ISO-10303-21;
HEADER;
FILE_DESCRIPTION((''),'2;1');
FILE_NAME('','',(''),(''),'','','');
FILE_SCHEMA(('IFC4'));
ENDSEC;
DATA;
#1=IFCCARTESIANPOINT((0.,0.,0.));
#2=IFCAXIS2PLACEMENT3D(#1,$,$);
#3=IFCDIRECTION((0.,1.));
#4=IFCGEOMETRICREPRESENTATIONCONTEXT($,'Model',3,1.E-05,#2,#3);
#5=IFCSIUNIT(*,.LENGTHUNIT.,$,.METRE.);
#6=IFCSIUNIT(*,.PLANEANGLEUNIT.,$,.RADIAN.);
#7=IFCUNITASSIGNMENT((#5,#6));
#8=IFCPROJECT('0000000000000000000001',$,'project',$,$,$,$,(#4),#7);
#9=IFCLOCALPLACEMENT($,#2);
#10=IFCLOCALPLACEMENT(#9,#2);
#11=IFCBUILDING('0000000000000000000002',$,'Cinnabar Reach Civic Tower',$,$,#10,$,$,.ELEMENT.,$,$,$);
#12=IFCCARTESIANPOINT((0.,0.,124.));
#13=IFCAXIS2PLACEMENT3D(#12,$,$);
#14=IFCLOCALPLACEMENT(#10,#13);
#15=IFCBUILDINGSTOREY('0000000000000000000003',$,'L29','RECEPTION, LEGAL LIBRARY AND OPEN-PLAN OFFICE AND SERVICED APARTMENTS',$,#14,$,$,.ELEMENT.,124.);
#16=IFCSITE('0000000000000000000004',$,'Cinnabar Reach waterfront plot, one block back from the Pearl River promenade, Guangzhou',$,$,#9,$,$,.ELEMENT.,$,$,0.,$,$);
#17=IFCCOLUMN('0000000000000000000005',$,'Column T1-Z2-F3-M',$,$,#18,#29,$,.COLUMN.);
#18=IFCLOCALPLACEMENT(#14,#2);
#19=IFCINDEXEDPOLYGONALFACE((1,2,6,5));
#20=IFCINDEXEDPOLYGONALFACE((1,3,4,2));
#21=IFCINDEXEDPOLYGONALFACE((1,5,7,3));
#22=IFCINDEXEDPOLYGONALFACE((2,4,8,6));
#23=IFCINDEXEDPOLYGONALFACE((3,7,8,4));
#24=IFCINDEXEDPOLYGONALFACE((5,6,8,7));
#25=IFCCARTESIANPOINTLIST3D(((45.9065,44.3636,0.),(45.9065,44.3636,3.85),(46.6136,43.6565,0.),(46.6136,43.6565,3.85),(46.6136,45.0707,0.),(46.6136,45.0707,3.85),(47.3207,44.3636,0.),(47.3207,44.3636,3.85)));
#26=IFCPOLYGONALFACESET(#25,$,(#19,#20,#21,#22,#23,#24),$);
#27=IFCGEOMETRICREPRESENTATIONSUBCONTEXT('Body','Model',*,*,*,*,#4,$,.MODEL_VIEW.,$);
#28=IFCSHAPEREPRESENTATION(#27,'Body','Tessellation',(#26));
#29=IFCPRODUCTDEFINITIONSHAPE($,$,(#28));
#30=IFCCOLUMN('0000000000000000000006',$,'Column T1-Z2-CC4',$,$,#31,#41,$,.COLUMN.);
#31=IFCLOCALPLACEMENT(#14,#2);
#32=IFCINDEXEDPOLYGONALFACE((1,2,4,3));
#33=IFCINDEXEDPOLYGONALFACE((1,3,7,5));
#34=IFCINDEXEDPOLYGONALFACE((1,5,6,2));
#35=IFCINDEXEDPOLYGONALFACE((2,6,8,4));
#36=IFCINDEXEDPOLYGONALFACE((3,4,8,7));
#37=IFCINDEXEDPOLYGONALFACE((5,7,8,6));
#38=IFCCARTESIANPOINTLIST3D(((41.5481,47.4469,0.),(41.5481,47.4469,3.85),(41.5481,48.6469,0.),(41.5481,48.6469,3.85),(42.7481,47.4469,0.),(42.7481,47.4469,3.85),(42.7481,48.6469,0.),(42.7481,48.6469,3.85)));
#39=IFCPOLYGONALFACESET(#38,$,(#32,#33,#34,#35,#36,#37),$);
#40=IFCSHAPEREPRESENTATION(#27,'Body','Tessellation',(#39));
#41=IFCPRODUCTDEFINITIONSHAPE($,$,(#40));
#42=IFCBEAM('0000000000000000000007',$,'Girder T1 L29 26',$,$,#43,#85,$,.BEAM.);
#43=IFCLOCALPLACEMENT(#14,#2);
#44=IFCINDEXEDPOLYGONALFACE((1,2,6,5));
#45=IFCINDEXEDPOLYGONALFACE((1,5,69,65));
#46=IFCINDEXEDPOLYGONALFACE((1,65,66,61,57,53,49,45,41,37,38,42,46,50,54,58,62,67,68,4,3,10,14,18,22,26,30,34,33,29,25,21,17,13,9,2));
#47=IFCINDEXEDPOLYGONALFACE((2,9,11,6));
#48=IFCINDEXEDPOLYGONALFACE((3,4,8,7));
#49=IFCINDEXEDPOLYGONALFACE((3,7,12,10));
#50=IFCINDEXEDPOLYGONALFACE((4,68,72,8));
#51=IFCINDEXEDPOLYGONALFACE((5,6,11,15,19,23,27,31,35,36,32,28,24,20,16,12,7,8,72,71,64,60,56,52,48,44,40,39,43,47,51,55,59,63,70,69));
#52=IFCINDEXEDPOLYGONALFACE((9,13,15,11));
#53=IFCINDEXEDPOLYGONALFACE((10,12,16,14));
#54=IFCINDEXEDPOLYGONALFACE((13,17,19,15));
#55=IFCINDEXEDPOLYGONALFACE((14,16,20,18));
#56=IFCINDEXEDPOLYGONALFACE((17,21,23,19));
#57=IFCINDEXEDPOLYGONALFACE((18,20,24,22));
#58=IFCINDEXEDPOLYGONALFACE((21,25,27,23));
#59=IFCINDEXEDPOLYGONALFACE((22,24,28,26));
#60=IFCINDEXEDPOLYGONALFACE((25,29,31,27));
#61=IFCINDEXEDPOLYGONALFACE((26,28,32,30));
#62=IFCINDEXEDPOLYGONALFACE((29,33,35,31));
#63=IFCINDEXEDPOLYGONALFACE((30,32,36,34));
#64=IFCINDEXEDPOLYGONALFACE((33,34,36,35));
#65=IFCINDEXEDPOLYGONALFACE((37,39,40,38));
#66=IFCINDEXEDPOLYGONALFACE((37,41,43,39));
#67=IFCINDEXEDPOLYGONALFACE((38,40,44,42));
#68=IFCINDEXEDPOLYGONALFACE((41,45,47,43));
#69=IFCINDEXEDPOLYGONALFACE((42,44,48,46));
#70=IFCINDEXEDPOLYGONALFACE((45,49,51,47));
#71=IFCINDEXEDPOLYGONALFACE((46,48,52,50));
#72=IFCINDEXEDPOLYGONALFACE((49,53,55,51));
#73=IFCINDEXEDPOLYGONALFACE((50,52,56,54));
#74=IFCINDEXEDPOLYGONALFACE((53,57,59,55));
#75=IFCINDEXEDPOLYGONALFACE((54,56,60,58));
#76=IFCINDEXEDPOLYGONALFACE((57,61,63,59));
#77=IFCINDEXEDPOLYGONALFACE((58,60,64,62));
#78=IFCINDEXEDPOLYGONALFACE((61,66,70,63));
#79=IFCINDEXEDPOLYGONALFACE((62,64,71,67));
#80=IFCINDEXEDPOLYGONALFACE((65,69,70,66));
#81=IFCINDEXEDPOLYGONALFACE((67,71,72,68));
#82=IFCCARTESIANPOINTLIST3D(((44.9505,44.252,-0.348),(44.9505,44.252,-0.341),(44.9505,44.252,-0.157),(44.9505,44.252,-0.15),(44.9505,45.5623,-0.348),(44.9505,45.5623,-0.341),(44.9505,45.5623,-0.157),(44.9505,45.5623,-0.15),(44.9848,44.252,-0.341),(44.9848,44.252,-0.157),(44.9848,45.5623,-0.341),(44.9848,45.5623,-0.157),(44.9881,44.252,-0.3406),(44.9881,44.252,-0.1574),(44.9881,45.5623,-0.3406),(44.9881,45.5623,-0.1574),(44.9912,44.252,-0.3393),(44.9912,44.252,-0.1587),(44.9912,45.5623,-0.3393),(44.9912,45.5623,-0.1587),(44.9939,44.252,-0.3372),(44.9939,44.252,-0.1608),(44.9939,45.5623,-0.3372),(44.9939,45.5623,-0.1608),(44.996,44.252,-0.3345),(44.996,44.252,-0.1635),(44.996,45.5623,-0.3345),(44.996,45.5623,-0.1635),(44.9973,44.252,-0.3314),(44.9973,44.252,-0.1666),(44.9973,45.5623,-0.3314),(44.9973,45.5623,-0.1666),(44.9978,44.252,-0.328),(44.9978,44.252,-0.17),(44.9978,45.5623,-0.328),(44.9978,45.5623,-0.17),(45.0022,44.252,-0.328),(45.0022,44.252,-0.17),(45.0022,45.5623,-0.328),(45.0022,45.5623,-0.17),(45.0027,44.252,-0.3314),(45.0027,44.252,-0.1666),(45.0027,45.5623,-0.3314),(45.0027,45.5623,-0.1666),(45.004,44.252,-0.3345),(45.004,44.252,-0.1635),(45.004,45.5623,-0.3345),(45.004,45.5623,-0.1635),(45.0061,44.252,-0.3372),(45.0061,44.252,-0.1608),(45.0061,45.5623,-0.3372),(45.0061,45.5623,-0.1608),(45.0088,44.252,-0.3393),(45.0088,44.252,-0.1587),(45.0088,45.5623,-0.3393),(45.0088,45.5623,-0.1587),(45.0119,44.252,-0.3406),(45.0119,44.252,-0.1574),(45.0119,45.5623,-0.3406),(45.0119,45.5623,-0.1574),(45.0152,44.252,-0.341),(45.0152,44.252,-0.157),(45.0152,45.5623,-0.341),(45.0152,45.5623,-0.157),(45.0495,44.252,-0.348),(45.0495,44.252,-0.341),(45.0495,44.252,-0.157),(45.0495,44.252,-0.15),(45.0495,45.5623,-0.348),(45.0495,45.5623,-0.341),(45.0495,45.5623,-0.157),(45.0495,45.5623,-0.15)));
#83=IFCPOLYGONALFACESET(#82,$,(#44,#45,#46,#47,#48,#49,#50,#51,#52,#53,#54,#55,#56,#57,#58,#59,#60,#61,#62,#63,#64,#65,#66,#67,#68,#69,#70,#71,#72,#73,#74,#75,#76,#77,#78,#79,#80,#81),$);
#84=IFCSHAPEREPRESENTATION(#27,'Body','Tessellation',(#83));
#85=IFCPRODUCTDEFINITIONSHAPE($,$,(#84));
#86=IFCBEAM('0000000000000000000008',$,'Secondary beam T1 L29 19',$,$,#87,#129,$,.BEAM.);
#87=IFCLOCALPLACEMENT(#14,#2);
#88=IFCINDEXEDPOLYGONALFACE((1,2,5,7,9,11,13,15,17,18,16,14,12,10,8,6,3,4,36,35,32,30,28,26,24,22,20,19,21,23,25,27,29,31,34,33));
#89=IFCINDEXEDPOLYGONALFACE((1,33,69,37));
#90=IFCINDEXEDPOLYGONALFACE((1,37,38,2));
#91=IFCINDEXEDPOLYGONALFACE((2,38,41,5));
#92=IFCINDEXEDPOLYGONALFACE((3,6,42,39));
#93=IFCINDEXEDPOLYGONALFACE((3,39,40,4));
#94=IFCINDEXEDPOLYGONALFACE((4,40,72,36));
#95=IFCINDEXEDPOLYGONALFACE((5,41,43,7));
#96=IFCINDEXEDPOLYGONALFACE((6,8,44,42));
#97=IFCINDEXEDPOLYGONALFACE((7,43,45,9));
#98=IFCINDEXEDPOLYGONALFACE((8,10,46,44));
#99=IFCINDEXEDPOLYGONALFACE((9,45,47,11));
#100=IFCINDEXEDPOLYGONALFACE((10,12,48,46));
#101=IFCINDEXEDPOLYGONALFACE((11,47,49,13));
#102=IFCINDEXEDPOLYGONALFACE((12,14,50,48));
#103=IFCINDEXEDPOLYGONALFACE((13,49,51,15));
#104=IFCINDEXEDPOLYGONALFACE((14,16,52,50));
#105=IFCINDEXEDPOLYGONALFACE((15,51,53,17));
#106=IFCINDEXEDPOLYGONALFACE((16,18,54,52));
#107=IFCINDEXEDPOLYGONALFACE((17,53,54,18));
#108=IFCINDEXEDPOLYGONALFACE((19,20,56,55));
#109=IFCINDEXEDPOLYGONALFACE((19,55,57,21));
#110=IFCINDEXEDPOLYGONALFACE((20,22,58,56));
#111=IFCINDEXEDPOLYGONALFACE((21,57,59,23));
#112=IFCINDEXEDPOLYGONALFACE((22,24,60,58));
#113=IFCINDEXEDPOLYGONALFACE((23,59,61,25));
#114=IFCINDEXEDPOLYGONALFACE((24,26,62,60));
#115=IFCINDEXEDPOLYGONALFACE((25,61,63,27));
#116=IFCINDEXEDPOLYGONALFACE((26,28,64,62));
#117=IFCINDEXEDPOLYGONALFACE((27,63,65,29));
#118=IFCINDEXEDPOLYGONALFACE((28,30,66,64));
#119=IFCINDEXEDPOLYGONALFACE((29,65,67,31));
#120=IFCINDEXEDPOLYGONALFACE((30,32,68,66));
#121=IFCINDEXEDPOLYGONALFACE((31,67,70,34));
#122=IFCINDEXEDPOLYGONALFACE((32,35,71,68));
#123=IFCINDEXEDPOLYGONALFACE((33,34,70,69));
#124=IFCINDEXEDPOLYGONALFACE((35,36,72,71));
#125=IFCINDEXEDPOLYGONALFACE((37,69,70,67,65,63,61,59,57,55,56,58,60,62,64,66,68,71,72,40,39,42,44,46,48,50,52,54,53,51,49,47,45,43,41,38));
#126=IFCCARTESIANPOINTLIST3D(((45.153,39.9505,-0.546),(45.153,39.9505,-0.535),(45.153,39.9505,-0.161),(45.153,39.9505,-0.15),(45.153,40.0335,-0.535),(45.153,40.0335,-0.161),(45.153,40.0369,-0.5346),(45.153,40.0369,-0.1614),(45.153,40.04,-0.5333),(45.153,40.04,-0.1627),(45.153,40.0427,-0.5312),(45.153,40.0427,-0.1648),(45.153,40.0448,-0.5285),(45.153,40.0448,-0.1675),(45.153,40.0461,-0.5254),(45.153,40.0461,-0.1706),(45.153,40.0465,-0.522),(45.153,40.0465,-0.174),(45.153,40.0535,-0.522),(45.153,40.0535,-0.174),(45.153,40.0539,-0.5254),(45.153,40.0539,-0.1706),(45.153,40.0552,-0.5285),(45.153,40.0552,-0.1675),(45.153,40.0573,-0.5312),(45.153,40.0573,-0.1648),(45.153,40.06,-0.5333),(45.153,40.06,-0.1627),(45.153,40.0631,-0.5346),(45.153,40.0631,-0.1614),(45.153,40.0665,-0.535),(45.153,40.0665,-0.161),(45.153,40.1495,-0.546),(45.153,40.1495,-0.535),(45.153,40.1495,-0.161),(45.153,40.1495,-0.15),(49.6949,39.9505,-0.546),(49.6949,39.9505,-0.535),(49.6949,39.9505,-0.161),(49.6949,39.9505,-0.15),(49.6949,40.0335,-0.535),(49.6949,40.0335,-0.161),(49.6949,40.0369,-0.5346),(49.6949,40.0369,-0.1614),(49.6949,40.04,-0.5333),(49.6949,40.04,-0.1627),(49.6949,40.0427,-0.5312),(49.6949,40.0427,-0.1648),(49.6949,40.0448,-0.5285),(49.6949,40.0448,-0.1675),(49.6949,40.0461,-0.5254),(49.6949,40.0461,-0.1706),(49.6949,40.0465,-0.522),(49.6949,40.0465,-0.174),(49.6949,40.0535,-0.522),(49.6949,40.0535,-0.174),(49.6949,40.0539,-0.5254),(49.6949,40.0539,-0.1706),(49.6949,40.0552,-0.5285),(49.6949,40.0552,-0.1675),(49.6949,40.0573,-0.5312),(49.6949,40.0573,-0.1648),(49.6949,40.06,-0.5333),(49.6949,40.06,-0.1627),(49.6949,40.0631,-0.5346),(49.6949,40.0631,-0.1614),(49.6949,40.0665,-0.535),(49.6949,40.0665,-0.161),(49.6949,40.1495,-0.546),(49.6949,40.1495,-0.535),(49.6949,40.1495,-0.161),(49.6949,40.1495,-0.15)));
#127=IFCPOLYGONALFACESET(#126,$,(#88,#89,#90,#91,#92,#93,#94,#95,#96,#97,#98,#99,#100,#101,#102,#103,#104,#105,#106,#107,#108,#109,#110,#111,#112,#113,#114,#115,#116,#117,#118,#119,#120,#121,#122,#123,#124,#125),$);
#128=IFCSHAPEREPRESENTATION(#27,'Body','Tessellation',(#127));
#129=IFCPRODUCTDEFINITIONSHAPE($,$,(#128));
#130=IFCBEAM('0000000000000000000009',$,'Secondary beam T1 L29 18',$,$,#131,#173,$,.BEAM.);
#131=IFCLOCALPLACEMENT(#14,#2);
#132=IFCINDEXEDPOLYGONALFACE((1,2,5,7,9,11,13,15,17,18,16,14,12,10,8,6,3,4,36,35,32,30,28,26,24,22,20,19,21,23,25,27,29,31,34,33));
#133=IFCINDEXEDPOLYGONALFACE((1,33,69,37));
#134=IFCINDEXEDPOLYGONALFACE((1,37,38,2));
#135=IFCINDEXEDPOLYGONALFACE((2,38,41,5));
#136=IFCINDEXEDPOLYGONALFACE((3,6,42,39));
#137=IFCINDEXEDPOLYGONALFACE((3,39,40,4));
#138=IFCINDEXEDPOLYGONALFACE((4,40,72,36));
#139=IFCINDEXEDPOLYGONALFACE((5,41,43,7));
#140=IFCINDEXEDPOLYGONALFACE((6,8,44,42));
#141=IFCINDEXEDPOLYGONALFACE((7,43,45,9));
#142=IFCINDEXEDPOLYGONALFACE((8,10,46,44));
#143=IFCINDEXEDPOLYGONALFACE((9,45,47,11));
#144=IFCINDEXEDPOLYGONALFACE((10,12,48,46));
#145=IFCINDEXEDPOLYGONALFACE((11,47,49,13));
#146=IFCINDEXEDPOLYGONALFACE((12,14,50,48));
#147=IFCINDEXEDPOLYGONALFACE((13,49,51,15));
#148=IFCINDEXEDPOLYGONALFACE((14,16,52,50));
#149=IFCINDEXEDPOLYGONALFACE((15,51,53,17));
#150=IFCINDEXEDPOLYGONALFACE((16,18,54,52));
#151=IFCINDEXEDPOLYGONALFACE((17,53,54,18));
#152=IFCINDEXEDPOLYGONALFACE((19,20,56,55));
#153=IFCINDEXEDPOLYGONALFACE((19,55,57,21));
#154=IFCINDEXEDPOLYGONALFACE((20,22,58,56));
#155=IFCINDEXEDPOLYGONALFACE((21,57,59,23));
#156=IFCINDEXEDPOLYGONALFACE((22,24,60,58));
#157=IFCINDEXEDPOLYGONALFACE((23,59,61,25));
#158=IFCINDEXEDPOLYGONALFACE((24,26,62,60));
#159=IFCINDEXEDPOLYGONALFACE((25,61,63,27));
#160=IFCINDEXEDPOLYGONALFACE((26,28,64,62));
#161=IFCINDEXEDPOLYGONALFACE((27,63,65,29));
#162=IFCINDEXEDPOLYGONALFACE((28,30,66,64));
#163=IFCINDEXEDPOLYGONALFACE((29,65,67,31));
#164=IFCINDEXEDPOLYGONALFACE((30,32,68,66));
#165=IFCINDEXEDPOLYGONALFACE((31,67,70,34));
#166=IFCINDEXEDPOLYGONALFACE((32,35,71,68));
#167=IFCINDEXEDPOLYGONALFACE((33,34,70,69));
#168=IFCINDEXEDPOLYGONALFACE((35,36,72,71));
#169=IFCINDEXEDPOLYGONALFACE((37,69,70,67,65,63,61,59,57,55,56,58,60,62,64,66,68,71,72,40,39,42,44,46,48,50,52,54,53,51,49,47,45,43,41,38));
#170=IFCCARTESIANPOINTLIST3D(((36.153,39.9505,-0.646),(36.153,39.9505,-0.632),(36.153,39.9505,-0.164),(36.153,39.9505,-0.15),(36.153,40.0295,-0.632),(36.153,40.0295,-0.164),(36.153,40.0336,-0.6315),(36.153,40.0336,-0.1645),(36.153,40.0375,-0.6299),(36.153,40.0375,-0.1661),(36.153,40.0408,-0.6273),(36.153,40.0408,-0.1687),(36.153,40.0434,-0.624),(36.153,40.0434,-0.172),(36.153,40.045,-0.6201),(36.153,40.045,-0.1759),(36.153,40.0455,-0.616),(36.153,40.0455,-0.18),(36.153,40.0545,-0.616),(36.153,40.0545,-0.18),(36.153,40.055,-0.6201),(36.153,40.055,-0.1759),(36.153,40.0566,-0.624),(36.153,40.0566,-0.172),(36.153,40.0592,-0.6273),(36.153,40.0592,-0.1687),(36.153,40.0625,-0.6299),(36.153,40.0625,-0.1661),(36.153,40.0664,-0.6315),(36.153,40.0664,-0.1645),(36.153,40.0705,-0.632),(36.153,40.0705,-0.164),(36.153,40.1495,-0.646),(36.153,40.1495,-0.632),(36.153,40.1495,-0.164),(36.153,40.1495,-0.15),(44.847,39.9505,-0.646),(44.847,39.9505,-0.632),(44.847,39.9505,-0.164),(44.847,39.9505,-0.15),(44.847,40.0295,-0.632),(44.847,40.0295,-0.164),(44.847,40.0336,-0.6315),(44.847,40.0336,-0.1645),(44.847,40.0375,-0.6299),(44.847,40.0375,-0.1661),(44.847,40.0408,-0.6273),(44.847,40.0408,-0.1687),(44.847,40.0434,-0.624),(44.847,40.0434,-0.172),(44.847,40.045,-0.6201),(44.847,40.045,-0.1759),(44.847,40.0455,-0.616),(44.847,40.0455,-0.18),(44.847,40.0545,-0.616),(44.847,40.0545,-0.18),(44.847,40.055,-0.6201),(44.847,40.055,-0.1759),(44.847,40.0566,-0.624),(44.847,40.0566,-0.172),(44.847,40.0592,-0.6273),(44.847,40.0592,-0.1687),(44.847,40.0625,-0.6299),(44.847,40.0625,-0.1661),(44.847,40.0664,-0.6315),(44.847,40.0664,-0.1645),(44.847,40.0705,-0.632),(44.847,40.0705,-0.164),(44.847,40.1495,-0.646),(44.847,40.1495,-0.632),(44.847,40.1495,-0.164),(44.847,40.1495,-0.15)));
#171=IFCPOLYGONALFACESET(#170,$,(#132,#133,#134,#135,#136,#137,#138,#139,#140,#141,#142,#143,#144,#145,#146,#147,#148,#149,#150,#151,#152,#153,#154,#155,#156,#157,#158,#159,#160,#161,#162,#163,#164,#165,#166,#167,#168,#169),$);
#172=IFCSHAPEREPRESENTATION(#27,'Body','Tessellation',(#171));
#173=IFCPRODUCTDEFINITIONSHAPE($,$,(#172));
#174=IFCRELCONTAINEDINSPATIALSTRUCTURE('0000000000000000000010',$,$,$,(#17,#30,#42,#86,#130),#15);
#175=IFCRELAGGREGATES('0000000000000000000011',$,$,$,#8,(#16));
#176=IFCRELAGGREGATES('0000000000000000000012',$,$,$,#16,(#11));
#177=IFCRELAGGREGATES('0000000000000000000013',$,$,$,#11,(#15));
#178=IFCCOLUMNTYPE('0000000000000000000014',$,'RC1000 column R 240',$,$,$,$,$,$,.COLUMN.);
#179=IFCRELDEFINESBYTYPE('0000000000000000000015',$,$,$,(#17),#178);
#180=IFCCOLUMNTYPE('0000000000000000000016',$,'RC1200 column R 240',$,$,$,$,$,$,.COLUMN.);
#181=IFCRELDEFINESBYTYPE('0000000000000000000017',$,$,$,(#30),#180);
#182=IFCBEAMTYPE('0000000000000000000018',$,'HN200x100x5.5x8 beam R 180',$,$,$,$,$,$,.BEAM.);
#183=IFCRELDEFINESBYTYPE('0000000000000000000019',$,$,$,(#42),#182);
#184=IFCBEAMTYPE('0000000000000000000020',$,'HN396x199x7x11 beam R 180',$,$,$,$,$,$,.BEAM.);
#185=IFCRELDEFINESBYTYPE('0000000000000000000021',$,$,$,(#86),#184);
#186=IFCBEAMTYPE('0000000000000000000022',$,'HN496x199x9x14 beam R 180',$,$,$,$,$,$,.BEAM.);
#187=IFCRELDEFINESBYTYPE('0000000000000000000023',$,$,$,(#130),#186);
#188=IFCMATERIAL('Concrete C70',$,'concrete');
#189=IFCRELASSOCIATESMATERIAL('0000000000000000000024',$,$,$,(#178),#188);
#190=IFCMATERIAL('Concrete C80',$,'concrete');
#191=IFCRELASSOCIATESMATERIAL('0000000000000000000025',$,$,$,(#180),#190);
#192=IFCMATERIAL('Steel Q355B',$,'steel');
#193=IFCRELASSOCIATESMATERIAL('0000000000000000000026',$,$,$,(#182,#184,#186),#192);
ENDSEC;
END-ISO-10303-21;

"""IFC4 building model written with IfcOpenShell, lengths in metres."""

from ifc_helpers import new_model, si_unit, direction, frame, origin, origin_2d, place, context, subcontext, project, spatial, rectangle, i_section, extrude, material, material_profile, profile_set, type_object, element, save


model = new_model("IFC4")

# Units and contexts
model_context = context("Model", 3, precision=1e-05, world=origin(), true_north=direction((0.0, 1.0)))
body_context = subcontext(model_context, "Body", "Model", "MODEL_VIEW")
ifc_project = project(units=[si_unit("LENGTHUNIT", "METRE"), si_unit("PLANEANGLEUNIT", "RADIAN")], contexts=[model_context])

# Site, building, storey
site_placement = place(None, origin())
site = spatial("IfcSite", under=ifc_project, at=site_placement, Name="Cinnabar Reach waterfront plot, one block back from the Pearl River promenade, Guangzhou", CompositionType="ELEMENT", RefElevation=0.0)
building_placement = place(site_placement, origin())
building = spatial("IfcBuilding", under=site, at=building_placement, Name="Cinnabar Reach Civic Tower", CompositionType="ELEMENT")
storey_placement = place(building_placement, frame((0.0, 0.0, 124.0)))
storey = spatial("IfcBuildingStorey", under=building, at=storey_placement, Name="L29", Description="RECEPTION, LEGAL LIBRARY AND OPEN-PLAN OFFICE AND SERVICED APARTMENTS", CompositionType="ELEMENT", Elevation=124.0)

# Columns
ifc_material_1 = material(Name="Concrete C70", Category="concrete")
ifc_material_profile_1 = material_profile(ifc_material_1, rectangle(XDim=1.0, YDim=1.0, at=origin_2d()), Name="RC1000")
ifc_profile_set_1 = profile_set([ifc_material_profile_1], Name="Concrete C70")
column_type_1 = type_object("IfcColumnType", Name="RC1000 column R 240", PredefinedType="COLUMN", material=ifc_profile_set_1)
column_1_placement = place(storey_placement, frame((46.6136, 44.3636, 0.0), z_axis=(0.0, 0.0, 1.0), x_axis=(0.707107, 0.707107, 0.0)))
element("IfcColumn", 1, at=column_1_placement, inside=storey, type_object=column_type_1, Name="Column T1-Z2-F3-M", PredefinedType="COLUMN", context=body_context, shape_type="SweptSolid", body=[
    extrude(rectangle(XDim=1.0, YDim=1.0, at=origin_2d()), origin(), (0.0, 0.0, 1.0), 3.85),
])
ifc_material_2 = material(Name="Concrete C80", Category="concrete")
ifc_material_profile_2 = material_profile(ifc_material_2, rectangle(XDim=1.2, YDim=1.2, at=origin_2d()), Name="RC1200")
ifc_profile_set_2 = profile_set([ifc_material_profile_2], Name="Concrete C80")
column_type_2 = type_object("IfcColumnType", Name="RC1200 column R 240", PredefinedType="COLUMN", material=ifc_profile_set_2)
column_2_placement = place(storey_placement, frame((42.1481, 48.0469, 0.0), z_axis=(0.0, 0.0, 1.0), x_axis=(1.0, 0.0, 0.0)))
element("IfcColumn", 2, at=column_2_placement, inside=storey, type_object=column_type_2, Name="Column T1-Z2-CC4", PredefinedType="COLUMN", context=body_context, shape_type="SweptSolid", body=[
    extrude(rectangle(XDim=1.2, YDim=1.2, at=origin_2d()), origin(), (0.0, 0.0, 1.0), 3.85),
])

# Beams
ifc_material_3 = material(Name="Steel Q355B", Category="steel")
ifc_material_profile_3 = material_profile(ifc_material_3, i_section(OverallWidth=0.099, OverallDepth=0.198, WebThickness=0.0045, FlangeThickness=0.007, FilletRadius=0.013, at=origin_2d()), Name="HN200x100x5.5x8")
ifc_profile_set_3 = profile_set([ifc_material_profile_3], Name="Steel Q355B")
beam_type_1 = type_object("IfcBeamType", Name="HN200x100x5.5x8 beam R 180", PredefinedType="BEAM", material=ifc_profile_set_3)
beam_1_placement = place(storey_placement, frame((45.0, 44.252, -0.249), z_axis=(0.0, 1.0, 0.0), x_axis=(-1.0, 0.0, 0.0)))
element("IfcBeam", 3, at=beam_1_placement, inside=storey, type_object=beam_type_1, Name="Girder T1 L29 26", PredefinedType="BEAM", context=body_context, shape_type="SweptSolid", body=[
    extrude(i_section(OverallWidth=0.099, OverallDepth=0.198, WebThickness=0.0045, FlangeThickness=0.007, FilletRadius=0.013, at=origin_2d()), origin(), (0.0, 0.0, 1.0), 1.3103),
])
ifc_material_profile_4 = material_profile(ifc_material_3, i_section(OverallWidth=0.199, OverallDepth=0.396, WebThickness=0.007, FlangeThickness=0.011, FilletRadius=0.013, at=origin_2d()), Name="HN396x199x7x11")
ifc_profile_set_4 = profile_set([ifc_material_profile_4], Name="Steel Q355B")
beam_type_2 = type_object("IfcBeamType", Name="HN396x199x7x11 beam R 180", PredefinedType="BEAM", material=ifc_profile_set_4)
beam_2_placement = place(storey_placement, frame((45.153, 40.05, -0.348), z_axis=(1.0, 0.0, 0.0), x_axis=(0.0, 1.0, 0.0)))
element("IfcBeam", 4, at=beam_2_placement, inside=storey, type_object=beam_type_2, Name="Secondary beam T1 L29 19", PredefinedType="BEAM", context=body_context, shape_type="SweptSolid", body=[
    extrude(i_section(OverallWidth=0.199, OverallDepth=0.396, WebThickness=0.007, FlangeThickness=0.011, FilletRadius=0.013, at=origin_2d()), origin(), (0.0, 0.0, 1.0), 4.5419),
])
ifc_material_profile_5 = material_profile(ifc_material_3, i_section(OverallWidth=0.199, OverallDepth=0.496, WebThickness=0.009, FlangeThickness=0.014, FilletRadius=0.016, at=origin_2d()), Name="HN496x199x9x14")
ifc_profile_set_5 = profile_set([ifc_material_profile_5], Name="Steel Q355B")
beam_type_3 = type_object("IfcBeamType", Name="HN496x199x9x14 beam R 180", PredefinedType="BEAM", material=ifc_profile_set_5)
beam_3_placement = place(storey_placement, frame((36.153, 40.05, -0.398), z_axis=(1.0, 0.0, 0.0), x_axis=(0.0, 1.0, 0.0)))
element("IfcBeam", 5, at=beam_3_placement, inside=storey, type_object=beam_type_3, Name="Secondary beam T1 L29 18", PredefinedType="BEAM", context=body_context, shape_type="SweptSolid", body=[
    extrude(i_section(OverallWidth=0.199, OverallDepth=0.496, WebThickness=0.009, FlangeThickness=0.014, FilletRadius=0.016, at=origin_2d()), origin(), (0.0, 0.0, 1.0), 8.694),
])

save(model, "model.ifc")
